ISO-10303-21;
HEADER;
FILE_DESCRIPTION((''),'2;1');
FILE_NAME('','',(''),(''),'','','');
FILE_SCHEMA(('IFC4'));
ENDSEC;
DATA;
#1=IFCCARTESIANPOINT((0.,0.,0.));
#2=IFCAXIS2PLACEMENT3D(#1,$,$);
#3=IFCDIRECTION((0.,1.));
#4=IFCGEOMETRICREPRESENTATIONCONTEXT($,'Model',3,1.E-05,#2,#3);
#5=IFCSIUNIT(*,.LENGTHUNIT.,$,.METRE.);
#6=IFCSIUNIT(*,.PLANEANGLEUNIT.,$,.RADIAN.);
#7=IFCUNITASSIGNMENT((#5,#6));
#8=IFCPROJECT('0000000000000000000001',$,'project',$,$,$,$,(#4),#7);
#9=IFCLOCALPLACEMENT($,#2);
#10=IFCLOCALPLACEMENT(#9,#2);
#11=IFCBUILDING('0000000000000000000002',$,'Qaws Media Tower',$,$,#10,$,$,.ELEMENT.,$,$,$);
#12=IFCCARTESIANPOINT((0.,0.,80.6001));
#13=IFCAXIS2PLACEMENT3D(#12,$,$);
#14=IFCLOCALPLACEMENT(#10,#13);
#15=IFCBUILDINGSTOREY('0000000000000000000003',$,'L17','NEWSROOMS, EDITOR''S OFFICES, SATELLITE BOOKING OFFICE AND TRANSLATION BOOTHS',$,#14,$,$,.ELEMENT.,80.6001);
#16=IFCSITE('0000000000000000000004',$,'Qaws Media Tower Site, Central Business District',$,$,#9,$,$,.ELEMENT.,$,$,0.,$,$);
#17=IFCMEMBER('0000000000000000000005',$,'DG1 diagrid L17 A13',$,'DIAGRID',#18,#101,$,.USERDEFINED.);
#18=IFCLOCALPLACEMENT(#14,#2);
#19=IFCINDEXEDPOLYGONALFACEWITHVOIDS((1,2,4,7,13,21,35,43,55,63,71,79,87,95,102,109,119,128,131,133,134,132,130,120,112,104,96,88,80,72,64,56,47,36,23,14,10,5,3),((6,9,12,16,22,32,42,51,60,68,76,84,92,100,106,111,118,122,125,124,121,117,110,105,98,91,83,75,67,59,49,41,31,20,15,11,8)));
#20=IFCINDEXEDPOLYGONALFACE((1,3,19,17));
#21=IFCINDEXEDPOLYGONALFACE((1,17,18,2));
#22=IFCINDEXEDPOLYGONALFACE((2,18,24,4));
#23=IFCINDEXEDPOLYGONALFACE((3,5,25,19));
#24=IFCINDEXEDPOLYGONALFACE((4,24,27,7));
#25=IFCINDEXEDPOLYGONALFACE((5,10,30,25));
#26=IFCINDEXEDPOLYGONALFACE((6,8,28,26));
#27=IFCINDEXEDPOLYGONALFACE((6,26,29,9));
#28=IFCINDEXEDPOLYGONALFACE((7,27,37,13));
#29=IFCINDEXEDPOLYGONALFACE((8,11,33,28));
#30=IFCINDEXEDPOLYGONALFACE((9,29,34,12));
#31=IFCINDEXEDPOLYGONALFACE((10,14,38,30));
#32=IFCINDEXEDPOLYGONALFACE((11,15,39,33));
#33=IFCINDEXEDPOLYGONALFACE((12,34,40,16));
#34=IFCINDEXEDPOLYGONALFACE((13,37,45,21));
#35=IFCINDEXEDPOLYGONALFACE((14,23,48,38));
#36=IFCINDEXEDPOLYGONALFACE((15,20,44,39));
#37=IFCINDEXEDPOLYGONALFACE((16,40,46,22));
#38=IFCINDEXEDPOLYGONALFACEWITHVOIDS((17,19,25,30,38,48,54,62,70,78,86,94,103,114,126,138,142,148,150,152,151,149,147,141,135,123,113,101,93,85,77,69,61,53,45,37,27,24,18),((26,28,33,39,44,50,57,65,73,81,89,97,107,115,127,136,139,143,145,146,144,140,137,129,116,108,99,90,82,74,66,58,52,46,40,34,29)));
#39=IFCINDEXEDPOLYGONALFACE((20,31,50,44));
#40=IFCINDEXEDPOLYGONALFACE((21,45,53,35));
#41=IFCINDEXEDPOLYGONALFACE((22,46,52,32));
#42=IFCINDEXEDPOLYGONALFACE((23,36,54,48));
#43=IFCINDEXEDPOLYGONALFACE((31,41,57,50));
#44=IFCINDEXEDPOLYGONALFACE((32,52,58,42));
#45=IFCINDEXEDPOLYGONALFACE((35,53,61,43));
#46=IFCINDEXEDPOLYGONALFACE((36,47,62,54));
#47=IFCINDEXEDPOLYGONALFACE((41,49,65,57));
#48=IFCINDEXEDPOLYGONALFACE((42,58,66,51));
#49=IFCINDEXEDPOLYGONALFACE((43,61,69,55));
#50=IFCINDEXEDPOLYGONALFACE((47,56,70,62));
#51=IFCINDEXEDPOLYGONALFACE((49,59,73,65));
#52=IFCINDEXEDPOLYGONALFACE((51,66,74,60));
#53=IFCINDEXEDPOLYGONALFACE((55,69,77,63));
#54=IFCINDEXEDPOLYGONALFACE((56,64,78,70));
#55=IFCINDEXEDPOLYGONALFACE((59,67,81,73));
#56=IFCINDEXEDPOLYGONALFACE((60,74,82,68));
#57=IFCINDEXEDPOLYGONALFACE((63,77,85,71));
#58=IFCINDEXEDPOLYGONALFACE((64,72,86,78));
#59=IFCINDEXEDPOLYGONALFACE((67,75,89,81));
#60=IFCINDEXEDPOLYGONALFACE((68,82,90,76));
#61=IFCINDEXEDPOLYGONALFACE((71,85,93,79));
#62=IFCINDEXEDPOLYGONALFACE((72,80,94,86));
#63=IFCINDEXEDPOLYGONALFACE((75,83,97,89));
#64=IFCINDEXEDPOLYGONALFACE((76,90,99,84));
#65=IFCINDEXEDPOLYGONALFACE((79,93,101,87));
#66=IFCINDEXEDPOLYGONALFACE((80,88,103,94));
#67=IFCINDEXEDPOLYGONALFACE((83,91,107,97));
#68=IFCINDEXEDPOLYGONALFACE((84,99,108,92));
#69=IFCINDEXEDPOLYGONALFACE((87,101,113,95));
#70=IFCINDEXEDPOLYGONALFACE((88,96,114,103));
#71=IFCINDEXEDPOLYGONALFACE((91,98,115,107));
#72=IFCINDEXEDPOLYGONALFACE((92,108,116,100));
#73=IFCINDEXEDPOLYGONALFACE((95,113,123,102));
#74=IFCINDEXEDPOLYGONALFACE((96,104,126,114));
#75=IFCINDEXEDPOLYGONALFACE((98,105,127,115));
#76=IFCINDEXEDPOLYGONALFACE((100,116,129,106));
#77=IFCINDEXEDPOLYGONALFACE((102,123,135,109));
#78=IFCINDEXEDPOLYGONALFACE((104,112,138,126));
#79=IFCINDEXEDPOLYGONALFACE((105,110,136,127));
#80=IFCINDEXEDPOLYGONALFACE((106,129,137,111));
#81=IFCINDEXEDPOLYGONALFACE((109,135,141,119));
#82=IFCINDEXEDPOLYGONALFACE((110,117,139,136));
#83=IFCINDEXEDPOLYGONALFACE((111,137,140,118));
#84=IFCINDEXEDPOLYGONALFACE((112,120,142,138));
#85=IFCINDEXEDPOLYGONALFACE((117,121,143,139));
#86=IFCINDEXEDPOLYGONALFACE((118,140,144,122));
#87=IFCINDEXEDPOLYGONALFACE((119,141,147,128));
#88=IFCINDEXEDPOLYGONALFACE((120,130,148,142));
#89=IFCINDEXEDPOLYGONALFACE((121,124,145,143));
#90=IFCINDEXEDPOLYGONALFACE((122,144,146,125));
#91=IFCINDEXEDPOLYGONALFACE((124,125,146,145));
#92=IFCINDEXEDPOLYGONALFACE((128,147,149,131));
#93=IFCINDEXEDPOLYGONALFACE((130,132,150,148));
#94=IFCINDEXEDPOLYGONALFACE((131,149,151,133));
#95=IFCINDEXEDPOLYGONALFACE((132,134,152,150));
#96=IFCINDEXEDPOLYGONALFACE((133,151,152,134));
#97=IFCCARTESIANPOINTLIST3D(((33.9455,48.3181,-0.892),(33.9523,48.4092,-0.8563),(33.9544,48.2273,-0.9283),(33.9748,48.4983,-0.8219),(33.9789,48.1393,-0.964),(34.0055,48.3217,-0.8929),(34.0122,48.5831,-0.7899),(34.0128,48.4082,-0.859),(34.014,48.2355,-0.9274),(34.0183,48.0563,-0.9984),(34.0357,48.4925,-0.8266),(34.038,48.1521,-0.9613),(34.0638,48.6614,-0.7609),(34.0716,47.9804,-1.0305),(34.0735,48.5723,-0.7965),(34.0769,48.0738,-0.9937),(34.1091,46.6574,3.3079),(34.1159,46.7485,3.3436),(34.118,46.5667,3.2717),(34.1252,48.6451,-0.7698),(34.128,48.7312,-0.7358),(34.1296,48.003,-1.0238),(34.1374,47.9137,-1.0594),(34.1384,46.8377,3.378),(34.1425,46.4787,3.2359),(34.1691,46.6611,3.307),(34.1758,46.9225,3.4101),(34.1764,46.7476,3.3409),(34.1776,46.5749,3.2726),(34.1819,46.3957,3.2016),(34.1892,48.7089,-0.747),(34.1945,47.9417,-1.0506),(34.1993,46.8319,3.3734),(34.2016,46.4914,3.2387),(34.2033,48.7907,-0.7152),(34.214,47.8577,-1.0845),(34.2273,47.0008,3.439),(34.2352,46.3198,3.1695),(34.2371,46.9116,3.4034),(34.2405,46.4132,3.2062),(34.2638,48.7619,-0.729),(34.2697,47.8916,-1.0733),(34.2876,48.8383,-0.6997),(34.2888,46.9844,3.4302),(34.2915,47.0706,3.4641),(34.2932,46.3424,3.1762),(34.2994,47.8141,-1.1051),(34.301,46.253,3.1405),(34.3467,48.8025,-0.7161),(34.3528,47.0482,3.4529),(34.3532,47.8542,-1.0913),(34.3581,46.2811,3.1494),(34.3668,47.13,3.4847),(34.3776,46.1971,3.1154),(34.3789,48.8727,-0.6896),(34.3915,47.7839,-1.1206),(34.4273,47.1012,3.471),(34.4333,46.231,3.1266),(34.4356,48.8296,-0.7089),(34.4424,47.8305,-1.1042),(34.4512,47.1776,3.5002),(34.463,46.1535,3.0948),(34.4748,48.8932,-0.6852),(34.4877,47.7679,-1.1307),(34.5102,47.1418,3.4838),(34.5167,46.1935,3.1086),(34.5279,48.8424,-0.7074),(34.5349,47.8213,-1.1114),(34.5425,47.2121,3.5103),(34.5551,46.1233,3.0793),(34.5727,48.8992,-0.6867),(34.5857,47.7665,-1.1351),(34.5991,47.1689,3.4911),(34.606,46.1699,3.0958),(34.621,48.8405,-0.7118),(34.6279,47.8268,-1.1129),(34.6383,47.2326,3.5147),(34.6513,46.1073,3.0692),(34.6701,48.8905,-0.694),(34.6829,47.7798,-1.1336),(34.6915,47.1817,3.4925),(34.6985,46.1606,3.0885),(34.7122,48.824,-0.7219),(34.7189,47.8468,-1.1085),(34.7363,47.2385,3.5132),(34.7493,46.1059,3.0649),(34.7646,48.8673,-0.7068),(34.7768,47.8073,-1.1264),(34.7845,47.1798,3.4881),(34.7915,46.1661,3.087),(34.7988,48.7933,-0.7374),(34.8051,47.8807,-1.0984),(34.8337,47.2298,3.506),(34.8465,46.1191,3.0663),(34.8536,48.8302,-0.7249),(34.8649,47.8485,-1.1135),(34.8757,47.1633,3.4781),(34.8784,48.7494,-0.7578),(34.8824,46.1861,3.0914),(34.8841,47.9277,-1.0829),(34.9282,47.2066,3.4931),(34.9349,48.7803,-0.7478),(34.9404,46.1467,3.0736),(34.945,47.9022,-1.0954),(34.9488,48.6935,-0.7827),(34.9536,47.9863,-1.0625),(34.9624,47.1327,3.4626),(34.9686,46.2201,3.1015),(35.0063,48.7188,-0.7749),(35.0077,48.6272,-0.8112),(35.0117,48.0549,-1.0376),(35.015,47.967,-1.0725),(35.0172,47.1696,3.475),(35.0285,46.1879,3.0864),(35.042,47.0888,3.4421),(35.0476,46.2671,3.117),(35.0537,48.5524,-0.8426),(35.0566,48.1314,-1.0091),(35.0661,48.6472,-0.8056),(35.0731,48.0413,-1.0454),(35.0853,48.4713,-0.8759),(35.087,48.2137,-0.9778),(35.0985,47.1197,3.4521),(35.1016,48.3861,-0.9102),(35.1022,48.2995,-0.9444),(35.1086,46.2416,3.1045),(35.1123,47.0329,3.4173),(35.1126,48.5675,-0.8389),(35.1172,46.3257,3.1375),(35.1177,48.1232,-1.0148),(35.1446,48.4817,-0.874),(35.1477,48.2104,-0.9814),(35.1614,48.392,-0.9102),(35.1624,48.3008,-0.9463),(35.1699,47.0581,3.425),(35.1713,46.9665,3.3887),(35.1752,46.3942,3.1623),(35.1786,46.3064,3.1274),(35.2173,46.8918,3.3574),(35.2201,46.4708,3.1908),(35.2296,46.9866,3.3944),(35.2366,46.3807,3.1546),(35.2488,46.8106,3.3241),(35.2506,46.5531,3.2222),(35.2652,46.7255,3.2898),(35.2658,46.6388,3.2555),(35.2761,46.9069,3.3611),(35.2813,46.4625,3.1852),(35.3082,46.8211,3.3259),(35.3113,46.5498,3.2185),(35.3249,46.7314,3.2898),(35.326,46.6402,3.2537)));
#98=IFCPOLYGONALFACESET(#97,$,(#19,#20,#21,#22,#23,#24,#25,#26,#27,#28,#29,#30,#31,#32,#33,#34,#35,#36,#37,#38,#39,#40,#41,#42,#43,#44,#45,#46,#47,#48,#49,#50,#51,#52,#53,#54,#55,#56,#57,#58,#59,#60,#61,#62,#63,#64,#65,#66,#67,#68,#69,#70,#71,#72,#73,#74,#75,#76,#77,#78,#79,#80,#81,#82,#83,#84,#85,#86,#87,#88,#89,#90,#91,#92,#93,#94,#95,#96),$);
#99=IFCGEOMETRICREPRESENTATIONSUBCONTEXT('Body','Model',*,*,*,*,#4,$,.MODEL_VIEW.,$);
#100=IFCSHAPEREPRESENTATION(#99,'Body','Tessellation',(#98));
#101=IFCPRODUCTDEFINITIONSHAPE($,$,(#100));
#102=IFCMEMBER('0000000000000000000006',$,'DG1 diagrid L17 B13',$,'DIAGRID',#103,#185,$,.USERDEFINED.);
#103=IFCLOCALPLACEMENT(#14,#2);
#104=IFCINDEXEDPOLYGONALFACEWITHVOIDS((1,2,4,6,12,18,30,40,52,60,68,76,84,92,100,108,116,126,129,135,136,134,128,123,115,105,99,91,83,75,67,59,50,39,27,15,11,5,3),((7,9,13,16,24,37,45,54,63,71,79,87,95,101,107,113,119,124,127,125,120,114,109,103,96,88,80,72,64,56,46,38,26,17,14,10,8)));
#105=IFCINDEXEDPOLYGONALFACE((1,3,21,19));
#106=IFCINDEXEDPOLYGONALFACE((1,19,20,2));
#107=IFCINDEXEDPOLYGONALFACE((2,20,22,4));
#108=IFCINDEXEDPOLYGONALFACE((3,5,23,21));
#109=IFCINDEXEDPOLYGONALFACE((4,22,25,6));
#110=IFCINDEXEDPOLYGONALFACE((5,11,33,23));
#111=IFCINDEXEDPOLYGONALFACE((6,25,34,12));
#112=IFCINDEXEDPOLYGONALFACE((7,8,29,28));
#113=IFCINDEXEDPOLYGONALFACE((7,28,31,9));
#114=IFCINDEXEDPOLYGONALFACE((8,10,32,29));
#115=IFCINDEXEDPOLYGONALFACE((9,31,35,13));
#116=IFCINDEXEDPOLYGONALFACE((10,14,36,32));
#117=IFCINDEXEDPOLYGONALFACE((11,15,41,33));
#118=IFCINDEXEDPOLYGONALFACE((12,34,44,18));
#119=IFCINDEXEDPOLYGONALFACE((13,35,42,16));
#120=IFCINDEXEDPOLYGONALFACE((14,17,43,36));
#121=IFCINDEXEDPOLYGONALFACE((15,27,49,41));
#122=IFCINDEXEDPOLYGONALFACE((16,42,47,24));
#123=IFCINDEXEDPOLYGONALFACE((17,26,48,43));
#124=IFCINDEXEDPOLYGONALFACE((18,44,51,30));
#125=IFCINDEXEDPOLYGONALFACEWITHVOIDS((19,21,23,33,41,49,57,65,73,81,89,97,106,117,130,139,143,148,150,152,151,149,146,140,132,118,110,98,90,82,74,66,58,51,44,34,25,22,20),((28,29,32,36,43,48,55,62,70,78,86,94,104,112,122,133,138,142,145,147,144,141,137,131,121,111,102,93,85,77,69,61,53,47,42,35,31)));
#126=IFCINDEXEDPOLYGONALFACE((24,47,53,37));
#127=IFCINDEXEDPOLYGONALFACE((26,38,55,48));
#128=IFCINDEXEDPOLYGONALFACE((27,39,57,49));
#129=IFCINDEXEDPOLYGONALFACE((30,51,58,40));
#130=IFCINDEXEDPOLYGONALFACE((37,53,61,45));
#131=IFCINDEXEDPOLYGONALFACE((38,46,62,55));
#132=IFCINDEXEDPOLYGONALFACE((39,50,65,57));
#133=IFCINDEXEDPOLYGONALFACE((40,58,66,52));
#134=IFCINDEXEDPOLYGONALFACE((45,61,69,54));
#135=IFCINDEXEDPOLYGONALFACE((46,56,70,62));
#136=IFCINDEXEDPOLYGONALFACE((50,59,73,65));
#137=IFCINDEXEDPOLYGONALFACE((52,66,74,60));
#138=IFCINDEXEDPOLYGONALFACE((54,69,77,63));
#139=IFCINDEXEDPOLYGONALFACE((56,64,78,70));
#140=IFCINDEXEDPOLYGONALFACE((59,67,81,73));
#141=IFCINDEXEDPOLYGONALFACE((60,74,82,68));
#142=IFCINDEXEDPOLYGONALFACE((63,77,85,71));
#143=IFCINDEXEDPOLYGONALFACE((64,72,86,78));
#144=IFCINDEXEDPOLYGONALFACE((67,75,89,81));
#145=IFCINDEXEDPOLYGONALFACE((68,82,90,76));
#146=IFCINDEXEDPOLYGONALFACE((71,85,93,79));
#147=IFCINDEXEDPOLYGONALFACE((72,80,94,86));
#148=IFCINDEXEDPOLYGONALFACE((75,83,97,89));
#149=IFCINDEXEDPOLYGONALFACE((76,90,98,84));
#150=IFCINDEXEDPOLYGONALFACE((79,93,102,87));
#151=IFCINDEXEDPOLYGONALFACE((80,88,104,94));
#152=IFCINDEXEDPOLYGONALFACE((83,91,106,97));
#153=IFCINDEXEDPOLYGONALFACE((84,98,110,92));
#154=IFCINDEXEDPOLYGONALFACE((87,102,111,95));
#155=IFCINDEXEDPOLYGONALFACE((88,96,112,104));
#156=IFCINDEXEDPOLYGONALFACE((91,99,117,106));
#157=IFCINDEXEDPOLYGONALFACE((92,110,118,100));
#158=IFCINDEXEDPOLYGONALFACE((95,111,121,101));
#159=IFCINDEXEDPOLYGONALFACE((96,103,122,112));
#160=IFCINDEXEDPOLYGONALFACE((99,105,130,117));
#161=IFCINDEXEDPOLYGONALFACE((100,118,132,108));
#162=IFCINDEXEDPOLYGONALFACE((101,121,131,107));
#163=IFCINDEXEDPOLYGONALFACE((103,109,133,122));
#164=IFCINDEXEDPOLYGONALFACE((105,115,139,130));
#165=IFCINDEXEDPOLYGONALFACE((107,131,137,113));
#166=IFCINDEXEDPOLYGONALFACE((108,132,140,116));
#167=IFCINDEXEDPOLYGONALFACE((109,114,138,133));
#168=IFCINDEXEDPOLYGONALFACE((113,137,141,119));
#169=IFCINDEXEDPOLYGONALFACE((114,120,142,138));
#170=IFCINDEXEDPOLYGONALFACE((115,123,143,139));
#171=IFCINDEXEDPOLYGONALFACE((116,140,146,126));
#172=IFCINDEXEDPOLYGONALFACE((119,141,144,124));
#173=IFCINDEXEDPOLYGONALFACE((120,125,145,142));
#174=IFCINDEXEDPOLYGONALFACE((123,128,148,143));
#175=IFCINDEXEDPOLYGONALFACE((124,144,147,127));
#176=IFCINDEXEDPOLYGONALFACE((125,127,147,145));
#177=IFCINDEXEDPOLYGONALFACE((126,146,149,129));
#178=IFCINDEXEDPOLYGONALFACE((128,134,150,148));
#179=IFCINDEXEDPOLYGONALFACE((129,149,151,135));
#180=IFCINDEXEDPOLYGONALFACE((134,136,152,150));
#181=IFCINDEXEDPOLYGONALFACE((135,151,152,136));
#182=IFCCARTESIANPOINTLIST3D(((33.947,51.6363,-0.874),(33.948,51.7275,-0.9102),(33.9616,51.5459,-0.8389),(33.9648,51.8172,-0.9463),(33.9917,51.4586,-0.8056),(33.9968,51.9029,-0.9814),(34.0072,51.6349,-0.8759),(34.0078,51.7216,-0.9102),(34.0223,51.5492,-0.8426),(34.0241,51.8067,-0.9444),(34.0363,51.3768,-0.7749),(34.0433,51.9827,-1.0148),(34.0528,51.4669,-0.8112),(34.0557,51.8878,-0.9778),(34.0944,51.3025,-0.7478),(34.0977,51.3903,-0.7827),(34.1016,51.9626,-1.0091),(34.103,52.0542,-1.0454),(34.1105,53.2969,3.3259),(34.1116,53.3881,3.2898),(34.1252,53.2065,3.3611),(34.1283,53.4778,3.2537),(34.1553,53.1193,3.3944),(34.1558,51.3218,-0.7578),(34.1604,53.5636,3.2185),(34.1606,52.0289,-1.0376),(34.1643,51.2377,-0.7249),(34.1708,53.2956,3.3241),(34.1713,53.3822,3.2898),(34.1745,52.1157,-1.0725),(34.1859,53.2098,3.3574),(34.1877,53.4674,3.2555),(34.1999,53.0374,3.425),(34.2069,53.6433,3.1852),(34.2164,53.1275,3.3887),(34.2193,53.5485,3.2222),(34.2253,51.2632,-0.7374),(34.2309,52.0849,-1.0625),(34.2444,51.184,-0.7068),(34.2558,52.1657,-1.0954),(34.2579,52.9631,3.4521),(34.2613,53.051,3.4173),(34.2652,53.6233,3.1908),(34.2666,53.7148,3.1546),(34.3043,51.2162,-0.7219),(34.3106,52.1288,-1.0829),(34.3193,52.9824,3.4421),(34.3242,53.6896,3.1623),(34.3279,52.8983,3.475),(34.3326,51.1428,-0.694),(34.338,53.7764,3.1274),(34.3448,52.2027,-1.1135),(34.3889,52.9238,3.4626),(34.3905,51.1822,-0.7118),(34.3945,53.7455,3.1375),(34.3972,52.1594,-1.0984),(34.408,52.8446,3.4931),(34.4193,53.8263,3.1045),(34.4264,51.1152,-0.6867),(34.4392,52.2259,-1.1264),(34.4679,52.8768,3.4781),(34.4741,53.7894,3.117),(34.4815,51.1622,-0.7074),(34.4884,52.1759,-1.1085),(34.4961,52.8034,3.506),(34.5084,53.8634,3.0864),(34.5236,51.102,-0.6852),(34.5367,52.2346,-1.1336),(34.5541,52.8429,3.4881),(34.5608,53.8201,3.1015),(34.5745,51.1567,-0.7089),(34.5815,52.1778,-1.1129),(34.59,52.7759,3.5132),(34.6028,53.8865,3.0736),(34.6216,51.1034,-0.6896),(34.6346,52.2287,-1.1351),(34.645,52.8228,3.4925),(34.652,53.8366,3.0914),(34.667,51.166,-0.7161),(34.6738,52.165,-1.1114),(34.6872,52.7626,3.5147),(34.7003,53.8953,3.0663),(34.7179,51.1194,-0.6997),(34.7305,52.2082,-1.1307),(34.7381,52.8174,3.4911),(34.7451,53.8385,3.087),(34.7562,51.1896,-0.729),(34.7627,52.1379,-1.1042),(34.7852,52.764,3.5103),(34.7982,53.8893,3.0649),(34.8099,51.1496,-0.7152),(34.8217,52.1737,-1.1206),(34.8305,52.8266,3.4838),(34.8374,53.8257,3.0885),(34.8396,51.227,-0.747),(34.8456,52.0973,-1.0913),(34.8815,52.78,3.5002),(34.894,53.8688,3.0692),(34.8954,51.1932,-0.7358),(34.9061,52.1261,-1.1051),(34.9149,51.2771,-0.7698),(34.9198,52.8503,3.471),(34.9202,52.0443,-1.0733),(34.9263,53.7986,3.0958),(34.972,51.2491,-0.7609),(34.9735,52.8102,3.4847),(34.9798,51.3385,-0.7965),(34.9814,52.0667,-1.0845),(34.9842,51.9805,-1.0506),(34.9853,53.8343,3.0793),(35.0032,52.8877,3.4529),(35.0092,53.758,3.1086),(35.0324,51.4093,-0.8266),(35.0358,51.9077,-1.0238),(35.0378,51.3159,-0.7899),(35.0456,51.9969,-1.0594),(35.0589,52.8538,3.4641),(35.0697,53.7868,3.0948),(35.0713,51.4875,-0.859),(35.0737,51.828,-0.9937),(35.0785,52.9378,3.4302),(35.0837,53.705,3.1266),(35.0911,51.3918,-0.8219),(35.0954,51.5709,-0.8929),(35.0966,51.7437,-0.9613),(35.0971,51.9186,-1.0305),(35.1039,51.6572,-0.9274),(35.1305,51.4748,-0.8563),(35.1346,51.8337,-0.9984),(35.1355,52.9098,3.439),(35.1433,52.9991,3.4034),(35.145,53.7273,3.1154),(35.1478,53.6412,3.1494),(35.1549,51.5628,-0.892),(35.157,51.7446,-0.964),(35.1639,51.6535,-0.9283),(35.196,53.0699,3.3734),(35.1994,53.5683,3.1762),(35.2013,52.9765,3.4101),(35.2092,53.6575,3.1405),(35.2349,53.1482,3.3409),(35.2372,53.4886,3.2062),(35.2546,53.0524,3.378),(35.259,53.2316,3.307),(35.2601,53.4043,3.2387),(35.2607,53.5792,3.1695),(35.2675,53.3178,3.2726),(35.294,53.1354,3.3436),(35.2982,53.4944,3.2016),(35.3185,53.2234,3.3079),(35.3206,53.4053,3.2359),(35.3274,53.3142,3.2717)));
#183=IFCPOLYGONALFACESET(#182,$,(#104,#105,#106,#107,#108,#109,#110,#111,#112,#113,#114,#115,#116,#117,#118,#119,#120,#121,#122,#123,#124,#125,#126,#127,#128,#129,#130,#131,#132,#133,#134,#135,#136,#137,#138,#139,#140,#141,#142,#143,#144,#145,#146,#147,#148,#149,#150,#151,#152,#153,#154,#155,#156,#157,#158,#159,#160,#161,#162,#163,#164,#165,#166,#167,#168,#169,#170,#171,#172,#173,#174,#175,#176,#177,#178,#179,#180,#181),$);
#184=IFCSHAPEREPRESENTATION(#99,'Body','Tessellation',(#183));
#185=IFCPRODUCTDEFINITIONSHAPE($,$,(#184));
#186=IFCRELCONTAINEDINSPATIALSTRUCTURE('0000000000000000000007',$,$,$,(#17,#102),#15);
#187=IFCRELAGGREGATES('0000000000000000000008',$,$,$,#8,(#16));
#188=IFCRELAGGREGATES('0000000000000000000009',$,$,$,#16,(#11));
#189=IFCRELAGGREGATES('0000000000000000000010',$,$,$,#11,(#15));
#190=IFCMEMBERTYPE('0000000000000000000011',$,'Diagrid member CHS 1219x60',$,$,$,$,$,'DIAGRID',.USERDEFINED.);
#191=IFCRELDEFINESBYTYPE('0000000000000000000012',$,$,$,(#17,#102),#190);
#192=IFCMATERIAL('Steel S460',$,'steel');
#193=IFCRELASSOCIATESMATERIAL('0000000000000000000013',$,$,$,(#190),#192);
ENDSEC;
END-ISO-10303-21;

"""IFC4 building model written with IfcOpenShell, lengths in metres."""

from ifc_helpers import new_model, si_unit, direction, frame, origin, origin_2d, place, context, subcontext, project, spatial, hollow_circle, extrude, material, material_profile, profile_set, type_object, element, save


model = new_model("IFC4")

# Units and contexts
model_context = context("Model", 3, precision=1e-05, world=origin(), true_north=direction((0.0, 1.0)))
body_context = subcontext(model_context, "Body", "Model", "MODEL_VIEW")
ifc_project = project(units=[si_unit("LENGTHUNIT", "METRE"), si_unit("PLANEANGLEUNIT", "RADIAN")], contexts=[model_context])

# Site, building, storey
site_placement = place(None, origin())
site = spatial("IfcSite", under=ifc_project, at=site_placement, Name="Qaws Media Tower Site, Central Business District", CompositionType="ELEMENT", RefElevation=0.0)
building_placement = place(site_placement, origin())
building = spatial("IfcBuilding", under=site, at=building_placement, Name="Qaws Media Tower", CompositionType="ELEMENT")
storey_placement = place(building_placement, frame((0.0, 0.0, 80.6001)))
storey = spatial("IfcBuildingStorey", under=building, at=storey_placement, Name="L17", Description="NEWSROOMS, EDITOR'S OFFICES, SATELLITE BOOKING OFFICE AND TRANSLATION BOOTHS", CompositionType="ELEMENT", Elevation=80.6001)

# Members
ifc_material_1 = material(Name="Steel S460", Category="steel")
ifc_material_profile_1 = material_profile(ifc_material_1, hollow_circle(Radius=0.6096, WallThickness=0.0601, at=origin_2d()), Name="CHS 1219x60")
ifc_profile_set_1 = profile_set([ifc_material_profile_1], Name="Steel S460")
member_type_1 = type_object("IfcMemberType", Name="Diagrid member CHS 1219x60", ElementType="DIAGRID", PredefinedType="USERDEFINED", material=ifc_profile_set_1)
for number, where, z_axis, x_axis, name in (
    (1, (34.5547, 48.3323, -0.9102), (0.036195, -0.367456, 0.929336), (0.995184, 0.098026, 0.0), "DG1 diagrid L17 A13"),
    (2, (34.5547, 51.6677, -0.9102), (0.036195, 0.367456, 0.929336), (-0.995184, 0.098026, 0.0), "DG1 diagrid L17 B13"),
):
    element("IfcMember", number, at=place(storey_placement, frame(where, z_axis=z_axis, x_axis=x_axis)), inside=storey, type_object=member_type_1, Name=name, ObjectType="DIAGRID", PredefinedType="USERDEFINED", context=body_context, shape_type="SweptSolid", body=[
        extrude(hollow_circle(Radius=0.6096, WallThickness=0.0601, at=origin_2d()), origin(), (0.0, 0.0, 1.0), 4.5193),
    ])

save(model, "model.ifc")
